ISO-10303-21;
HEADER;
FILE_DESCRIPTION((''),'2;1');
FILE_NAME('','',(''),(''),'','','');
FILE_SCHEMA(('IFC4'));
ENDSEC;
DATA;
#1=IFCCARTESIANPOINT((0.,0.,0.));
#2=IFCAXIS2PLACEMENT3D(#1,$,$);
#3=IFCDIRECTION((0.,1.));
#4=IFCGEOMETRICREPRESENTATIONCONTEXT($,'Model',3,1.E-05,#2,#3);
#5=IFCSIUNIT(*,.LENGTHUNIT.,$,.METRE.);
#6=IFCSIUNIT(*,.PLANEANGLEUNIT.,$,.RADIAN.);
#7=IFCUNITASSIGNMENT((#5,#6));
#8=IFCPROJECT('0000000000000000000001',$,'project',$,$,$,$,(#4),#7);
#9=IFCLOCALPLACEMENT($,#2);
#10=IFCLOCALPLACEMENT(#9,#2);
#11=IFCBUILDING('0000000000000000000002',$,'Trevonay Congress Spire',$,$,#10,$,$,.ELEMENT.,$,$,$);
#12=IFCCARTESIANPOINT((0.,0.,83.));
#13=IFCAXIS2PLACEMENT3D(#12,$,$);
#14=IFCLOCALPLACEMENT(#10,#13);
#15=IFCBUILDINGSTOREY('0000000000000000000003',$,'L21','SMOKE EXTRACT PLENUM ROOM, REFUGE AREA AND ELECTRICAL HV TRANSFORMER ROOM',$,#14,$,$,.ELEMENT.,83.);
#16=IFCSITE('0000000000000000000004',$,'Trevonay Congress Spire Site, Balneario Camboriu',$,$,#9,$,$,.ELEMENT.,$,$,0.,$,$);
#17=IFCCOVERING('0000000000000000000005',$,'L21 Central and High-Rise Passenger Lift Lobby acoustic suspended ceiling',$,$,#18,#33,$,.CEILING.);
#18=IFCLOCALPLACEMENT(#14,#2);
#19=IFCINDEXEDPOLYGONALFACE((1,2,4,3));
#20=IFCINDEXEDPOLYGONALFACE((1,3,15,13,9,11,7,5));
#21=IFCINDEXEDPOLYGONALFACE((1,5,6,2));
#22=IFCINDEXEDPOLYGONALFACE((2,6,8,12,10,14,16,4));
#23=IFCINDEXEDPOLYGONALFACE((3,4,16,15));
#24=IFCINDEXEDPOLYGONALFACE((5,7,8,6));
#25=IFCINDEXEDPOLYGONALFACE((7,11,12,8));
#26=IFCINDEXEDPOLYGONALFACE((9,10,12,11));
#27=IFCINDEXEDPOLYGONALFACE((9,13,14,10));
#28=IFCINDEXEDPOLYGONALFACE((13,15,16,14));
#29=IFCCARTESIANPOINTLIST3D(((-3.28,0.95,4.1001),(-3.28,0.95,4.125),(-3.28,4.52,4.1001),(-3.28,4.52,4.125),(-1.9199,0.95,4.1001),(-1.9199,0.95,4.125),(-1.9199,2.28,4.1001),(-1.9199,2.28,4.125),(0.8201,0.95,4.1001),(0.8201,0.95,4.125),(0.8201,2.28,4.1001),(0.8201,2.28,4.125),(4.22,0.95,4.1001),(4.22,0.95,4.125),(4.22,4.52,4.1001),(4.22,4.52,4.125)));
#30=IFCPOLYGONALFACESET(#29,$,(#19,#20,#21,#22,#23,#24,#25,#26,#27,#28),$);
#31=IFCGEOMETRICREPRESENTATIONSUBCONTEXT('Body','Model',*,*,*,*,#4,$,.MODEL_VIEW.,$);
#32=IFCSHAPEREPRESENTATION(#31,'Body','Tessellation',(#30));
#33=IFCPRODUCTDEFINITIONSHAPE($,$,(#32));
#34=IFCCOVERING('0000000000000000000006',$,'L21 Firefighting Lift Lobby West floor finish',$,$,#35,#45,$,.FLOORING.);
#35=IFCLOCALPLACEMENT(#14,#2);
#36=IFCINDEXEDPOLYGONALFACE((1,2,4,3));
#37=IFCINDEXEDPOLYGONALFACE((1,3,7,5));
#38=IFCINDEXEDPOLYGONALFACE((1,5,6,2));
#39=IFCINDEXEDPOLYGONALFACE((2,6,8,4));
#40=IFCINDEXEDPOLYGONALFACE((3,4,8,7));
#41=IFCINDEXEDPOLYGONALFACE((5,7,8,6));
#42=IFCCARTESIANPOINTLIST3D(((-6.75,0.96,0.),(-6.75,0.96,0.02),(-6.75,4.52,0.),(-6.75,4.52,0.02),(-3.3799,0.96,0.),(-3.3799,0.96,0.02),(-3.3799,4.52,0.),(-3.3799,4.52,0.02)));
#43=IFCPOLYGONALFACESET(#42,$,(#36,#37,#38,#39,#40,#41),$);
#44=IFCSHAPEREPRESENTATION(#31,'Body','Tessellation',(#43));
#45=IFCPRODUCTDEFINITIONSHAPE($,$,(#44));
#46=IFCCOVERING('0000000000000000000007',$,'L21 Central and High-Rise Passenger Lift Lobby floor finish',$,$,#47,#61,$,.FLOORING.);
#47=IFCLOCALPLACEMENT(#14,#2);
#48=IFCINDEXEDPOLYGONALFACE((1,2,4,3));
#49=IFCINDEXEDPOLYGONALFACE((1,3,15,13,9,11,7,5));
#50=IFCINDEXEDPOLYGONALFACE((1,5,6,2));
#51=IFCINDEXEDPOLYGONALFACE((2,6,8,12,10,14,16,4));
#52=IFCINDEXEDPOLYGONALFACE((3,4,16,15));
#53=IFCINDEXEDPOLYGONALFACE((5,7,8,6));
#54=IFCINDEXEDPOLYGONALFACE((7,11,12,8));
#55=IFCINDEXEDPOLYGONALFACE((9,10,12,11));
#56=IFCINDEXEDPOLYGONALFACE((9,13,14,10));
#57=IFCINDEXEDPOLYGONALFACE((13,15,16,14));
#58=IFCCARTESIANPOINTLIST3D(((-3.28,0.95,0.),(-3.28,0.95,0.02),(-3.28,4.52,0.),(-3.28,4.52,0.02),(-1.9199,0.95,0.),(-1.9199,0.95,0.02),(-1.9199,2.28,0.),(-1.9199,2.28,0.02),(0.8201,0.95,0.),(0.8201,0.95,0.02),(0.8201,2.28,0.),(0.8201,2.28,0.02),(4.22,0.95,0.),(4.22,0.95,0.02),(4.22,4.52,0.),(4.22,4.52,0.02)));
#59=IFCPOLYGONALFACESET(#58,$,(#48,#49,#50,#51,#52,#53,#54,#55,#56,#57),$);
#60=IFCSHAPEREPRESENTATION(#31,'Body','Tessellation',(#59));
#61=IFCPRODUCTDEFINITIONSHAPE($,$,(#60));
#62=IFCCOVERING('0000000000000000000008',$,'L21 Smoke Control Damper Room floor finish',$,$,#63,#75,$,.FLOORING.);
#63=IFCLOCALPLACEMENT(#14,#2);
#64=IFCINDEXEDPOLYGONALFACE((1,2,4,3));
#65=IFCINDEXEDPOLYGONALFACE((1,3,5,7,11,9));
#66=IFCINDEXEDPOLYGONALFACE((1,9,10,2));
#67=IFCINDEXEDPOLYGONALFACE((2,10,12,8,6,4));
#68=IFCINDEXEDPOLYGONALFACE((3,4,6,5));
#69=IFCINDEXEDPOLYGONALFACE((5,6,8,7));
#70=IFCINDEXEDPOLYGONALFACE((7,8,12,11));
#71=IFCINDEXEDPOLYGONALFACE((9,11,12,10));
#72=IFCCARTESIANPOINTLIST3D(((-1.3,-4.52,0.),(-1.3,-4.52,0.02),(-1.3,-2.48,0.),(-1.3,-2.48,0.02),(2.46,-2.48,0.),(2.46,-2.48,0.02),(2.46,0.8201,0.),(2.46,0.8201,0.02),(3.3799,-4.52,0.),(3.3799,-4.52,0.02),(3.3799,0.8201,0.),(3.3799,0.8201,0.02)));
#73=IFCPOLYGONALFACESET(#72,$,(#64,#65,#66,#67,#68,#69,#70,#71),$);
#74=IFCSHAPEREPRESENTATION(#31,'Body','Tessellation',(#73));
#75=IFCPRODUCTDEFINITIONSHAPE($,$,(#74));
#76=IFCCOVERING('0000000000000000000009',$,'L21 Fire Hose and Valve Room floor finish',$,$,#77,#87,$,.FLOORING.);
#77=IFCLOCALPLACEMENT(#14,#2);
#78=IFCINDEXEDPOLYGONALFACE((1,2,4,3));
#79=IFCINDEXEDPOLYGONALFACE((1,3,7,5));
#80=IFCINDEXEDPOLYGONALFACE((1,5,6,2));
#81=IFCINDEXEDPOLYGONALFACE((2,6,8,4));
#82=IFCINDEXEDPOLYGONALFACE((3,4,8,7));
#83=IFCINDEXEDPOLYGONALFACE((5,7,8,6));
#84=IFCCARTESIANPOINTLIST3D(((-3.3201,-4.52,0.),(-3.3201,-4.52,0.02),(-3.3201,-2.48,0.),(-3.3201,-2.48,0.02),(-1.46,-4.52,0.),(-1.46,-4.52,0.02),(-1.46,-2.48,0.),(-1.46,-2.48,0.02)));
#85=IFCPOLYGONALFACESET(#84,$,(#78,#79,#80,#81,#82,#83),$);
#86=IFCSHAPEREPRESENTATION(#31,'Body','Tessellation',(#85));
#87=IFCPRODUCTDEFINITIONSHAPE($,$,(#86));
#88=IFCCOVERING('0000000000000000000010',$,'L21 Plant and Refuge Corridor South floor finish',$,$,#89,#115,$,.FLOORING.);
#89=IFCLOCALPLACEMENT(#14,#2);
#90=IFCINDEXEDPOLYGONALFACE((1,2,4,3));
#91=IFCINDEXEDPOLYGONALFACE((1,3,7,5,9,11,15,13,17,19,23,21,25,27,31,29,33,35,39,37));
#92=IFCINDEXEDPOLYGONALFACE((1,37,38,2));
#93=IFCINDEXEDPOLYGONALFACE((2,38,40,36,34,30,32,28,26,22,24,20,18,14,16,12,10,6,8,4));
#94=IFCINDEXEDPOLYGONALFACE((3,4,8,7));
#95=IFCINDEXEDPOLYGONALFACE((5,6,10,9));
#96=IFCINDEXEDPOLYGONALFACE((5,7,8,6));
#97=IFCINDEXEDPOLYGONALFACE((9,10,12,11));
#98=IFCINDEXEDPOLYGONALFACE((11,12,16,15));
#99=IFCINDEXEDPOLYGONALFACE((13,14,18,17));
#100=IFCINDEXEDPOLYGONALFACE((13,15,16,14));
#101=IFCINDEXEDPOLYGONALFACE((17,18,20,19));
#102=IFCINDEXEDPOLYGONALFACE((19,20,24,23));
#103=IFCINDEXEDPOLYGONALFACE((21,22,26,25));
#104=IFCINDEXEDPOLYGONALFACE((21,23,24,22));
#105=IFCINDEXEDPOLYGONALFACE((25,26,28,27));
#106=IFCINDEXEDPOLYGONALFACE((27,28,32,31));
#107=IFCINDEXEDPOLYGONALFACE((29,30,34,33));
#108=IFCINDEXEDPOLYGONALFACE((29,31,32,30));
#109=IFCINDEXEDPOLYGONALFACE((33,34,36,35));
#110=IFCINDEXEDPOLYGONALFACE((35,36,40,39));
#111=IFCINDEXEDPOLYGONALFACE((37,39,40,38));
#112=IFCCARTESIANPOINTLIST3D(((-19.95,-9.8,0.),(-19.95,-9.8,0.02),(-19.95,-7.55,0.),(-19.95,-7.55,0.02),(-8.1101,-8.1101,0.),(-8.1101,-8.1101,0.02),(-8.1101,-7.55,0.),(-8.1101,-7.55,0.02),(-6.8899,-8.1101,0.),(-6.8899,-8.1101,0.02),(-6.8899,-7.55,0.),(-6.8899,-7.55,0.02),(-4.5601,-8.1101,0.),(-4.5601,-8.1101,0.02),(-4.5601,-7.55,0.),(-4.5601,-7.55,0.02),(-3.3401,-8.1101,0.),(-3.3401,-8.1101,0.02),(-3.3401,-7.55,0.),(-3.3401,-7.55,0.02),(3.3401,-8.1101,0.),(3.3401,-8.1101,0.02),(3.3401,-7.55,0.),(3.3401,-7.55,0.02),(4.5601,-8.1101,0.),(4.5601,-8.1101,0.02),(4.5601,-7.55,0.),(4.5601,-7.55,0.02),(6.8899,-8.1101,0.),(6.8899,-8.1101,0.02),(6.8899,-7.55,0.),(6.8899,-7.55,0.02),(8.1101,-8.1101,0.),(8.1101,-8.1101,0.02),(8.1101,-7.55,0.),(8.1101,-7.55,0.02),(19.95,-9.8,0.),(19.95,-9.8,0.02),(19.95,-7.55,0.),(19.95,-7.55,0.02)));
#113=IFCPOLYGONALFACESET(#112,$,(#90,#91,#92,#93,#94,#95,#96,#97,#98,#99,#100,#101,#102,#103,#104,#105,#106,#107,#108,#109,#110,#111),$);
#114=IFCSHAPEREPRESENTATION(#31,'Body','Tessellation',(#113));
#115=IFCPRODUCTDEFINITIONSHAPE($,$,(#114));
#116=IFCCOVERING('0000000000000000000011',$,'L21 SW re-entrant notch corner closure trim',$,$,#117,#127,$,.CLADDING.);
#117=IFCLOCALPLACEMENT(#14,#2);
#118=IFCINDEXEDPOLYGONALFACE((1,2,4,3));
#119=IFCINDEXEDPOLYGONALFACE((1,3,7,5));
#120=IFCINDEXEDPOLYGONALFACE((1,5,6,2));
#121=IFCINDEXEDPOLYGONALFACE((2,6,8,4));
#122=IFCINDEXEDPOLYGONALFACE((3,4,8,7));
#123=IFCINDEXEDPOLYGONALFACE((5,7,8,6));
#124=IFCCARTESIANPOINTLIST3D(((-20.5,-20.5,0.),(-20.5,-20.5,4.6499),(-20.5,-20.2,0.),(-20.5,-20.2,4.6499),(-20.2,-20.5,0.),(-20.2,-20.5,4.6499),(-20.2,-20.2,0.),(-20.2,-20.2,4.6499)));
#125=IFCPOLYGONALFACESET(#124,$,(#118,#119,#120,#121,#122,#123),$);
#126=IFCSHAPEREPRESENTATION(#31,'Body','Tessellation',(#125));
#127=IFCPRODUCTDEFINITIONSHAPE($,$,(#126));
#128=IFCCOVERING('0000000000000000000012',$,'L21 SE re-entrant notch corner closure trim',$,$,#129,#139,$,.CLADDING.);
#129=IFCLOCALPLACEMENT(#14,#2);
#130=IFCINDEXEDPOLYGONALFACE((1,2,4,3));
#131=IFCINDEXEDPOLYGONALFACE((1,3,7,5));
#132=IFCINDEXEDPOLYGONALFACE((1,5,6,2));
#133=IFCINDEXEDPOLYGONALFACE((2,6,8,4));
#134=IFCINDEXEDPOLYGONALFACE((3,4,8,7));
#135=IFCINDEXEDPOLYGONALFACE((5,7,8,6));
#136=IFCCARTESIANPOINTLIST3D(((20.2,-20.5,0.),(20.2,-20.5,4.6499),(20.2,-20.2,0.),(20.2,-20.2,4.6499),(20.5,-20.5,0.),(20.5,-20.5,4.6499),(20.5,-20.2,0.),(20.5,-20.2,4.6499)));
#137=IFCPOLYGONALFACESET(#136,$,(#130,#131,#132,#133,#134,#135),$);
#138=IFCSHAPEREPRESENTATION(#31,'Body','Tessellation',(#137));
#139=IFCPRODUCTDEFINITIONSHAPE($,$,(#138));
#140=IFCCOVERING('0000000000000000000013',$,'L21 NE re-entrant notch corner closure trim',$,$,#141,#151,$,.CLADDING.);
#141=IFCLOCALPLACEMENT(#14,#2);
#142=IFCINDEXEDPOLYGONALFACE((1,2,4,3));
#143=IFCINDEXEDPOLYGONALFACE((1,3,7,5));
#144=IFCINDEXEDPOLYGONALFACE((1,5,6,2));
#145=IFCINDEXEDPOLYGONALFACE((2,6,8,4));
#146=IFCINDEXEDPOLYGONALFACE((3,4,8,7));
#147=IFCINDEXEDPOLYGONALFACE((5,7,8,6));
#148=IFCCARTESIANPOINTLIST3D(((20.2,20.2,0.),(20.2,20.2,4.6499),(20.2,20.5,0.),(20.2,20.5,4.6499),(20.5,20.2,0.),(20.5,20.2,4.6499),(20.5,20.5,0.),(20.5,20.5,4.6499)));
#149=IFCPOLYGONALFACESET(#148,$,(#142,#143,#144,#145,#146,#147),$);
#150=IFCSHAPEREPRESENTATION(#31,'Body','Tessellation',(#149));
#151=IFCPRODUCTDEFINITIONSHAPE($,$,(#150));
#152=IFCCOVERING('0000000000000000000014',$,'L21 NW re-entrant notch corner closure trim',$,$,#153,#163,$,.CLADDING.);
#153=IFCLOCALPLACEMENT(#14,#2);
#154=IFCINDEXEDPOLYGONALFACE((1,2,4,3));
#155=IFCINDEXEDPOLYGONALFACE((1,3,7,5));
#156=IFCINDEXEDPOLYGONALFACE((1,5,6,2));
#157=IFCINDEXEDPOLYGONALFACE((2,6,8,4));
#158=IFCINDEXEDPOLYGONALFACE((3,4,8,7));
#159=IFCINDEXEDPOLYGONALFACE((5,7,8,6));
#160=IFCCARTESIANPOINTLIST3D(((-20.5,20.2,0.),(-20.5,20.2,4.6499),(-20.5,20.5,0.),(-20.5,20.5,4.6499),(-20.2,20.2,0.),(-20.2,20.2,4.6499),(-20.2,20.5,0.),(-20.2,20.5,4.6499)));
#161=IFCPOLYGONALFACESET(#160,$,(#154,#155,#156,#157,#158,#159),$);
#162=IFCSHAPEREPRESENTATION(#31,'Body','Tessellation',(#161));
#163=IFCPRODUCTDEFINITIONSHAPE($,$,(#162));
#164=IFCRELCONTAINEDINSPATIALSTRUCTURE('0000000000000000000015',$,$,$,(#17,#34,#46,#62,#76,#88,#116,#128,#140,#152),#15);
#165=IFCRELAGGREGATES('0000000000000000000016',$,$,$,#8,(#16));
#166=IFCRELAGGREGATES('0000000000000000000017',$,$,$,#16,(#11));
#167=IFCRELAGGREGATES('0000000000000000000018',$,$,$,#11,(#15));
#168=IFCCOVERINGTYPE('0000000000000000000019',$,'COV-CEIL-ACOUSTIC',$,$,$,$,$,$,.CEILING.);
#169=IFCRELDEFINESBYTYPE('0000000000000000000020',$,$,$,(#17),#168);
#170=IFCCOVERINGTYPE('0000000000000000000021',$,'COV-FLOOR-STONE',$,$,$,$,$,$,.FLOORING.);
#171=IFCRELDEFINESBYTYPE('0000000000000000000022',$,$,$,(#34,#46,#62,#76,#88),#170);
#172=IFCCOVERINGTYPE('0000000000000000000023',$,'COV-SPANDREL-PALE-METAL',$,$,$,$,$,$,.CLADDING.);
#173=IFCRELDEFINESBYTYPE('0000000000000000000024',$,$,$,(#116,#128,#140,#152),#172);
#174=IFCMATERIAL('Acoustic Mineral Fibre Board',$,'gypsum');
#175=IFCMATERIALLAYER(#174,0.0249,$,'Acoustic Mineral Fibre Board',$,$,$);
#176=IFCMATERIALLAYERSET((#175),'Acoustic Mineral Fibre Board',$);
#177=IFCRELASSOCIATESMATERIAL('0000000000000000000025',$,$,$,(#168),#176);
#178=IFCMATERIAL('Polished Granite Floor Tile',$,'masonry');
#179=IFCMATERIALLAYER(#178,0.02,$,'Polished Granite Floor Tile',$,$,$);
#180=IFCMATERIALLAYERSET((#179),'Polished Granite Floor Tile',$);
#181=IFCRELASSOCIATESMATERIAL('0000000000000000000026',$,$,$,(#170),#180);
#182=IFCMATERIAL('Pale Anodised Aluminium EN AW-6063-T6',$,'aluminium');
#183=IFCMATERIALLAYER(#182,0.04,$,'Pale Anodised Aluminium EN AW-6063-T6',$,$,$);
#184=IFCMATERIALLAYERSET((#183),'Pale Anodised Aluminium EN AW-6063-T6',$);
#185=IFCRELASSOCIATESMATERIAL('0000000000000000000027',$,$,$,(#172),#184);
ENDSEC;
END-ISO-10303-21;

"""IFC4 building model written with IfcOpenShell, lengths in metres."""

from ifc_helpers import new_model, si_unit, direction, frame, origin, place, context, subcontext, project, spatial, polyline, outline, extrude, material, layer, layer_set, type_object, element, save


model = new_model("IFC4")

# Units and contexts
model_context = context("Model", 3, precision=1e-05, world=origin(), true_north=direction((0.0, 1.0)))
body_context = subcontext(model_context, "Body", "Model", "MODEL_VIEW")
ifc_project = project(units=[si_unit("LENGTHUNIT", "METRE"), si_unit("PLANEANGLEUNIT", "RADIAN")], contexts=[model_context])

# Site, building, storey
site_placement = place(None, origin())
site = spatial("IfcSite", under=ifc_project, at=site_placement, Name="Trevonay Congress Spire Site, Balneario Camboriu", CompositionType="ELEMENT", RefElevation=0.0)
building_placement = place(site_placement, origin())
building = spatial("IfcBuilding", under=site, at=building_placement, Name="Trevonay Congress Spire", CompositionType="ELEMENT")
storey_placement = place(building_placement, frame((0.0, 0.0, 83.0)))
storey = spatial("IfcBuildingStorey", under=building, at=storey_placement, Name="L21", Description="SMOKE EXTRACT PLENUM ROOM, REFUGE AREA AND ELECTRICAL HV TRANSFORMER ROOM", CompositionType="ELEMENT", Elevation=83.0)

# Coverings
ifc_material_1 = material(Name="Acoustic Mineral Fibre Board", Category="gypsum")
ifc_layer_1 = layer(ifc_material_1, 0.0249, Name="Acoustic Mineral Fibre Board")
ifc_layer_set_1 = layer_set([ifc_layer_1], Name="Acoustic Mineral Fibre Board")
covering_type_1 = type_object("IfcCoveringType", Name="COV-CEIL-ACOUSTIC", PredefinedType="CEILING", material=ifc_layer_set_1)
covering_1_placement = place(storey_placement, frame((0.0, 0.0, 4.1001)))
element("IfcCovering", 1, at=covering_1_placement, inside=storey, type_object=covering_type_1, Name="L21 Central and High-Rise Passenger Lift Lobby acoustic suspended ceiling", PredefinedType="CEILING", context=body_context, shape_type="SweptSolid", body=[
    extrude(outline(polyline([(-3.28, 0.95), (-1.9199, 0.95), (-1.9199, 2.28), (0.8201, 2.28), (0.8201, 0.95), (4.22, 0.95), (4.22, 4.52), (-3.28, 4.52), (-3.28, 0.95)])), origin(), (0.0, 0.0, 1.0), 0.0249),
])
ifc_material_2 = material(Name="Polished Granite Floor Tile", Category="masonry")
ifc_layer_2 = layer(ifc_material_2, 0.02, Name="Polished Granite Floor Tile")
ifc_layer_set_2 = layer_set([ifc_layer_2], Name="Polished Granite Floor Tile")
covering_type_2 = type_object("IfcCoveringType", Name="COV-FLOOR-STONE", PredefinedType="FLOORING", material=ifc_layer_set_2)
covering_2_placement = place(storey_placement, origin())
element("IfcCovering", 2, at=covering_2_placement, inside=storey, type_object=covering_type_2, Name="L21 Firefighting Lift Lobby West floor finish", PredefinedType="FLOORING", context=body_context, shape_type="SweptSolid", body=[
    extrude(outline(polyline([(-6.75, 0.96), (-3.3799, 0.96), (-3.3799, 4.52), (-6.75, 4.52), (-6.75, 0.96)])), origin(), (0.0, 0.0, 1.0), 0.02),
])
covering_3_placement = place(storey_placement, origin())
element("IfcCovering", 3, at=covering_3_placement, inside=storey, type_object=covering_type_2, Name="L21 Central and High-Rise Passenger Lift Lobby floor finish", PredefinedType="FLOORING", context=body_context, shape_type="SweptSolid", body=[
    extrude(outline(polyline([(-3.28, 0.95), (-1.9199, 0.95), (-1.9199, 2.28), (0.8201, 2.28), (0.8201, 0.95), (4.22, 0.95), (4.22, 4.52), (-3.28, 4.52), (-3.28, 0.95)])), origin(), (0.0, 0.0, 1.0), 0.02),
])
covering_4_placement = place(storey_placement, origin())
element("IfcCovering", 4, at=covering_4_placement, inside=storey, type_object=covering_type_2, Name="L21 Smoke Control Damper Room floor finish", PredefinedType="FLOORING", context=body_context, shape_type="SweptSolid", body=[
    extrude(outline(polyline([(-1.3, -4.52), (3.3799, -4.52), (3.3799, 0.8201), (2.46, 0.8201), (2.46, -2.48), (-1.3, -2.48), (-1.3, -4.52)])), origin(), (0.0, 0.0, 1.0), 0.02),
])
covering_5_placement = place(storey_placement, origin())
element("IfcCovering", 5, at=covering_5_placement, inside=storey, type_object=covering_type_2, Name="L21 Fire Hose and Valve Room floor finish", PredefinedType="FLOORING", context=body_context, shape_type="SweptSolid", body=[
    extrude(outline(polyline([(-3.3201, -4.52), (-1.46, -4.52), (-1.46, -2.48), (-3.3201, -2.48), (-3.3201, -4.52)])), origin(), (0.0, 0.0, 1.0), 0.02),
])
covering_6_placement = place(storey_placement, origin())
element("IfcCovering", 6, at=covering_6_placement, inside=storey, type_object=covering_type_2, Name="L21 Plant and Refuge Corridor South floor finish", PredefinedType="FLOORING", context=body_context, shape_type="SweptSolid", body=[
    extrude(outline(polyline([(19.95, -7.55), (19.95, -9.8), (-19.95, -9.8), (-19.95, -7.55), (-8.1101, -7.55), (-8.1101, -8.1101), (-6.8899, -8.1101), (-6.8899, -7.55), (-4.5601, -7.55), (-4.5601, -8.1101), (-3.3401, -8.1101), (-3.3401, -7.55), (3.3401, -7.55), (3.3401, -8.1101), (4.5601, -8.1101), (4.5601, -7.55), (6.8899, -7.55), (6.8899, -8.1101), (8.1101, -8.1101), (8.1101, -7.55), (19.95, -7.55)])), origin(), (0.0, 0.0, 1.0), 0.02),
])
ifc_material_3 = material(Name="Pale Anodised Aluminium EN AW-6063-T6", Category="aluminium")
ifc_layer_3 = layer(ifc_material_3, 0.04, Name="Pale Anodised Aluminium EN AW-6063-T6")
ifc_layer_set_3 = layer_set([ifc_layer_3], Name="Pale Anodised Aluminium EN AW-6063-T6")
covering_type_3 = type_object("IfcCoveringType", Name="COV-SPANDREL-PALE-METAL", PredefinedType="CLADDING", material=ifc_layer_set_3)
covering_7_placement = place(storey_placement, origin())
element("IfcCovering", 7, at=covering_7_placement, inside=storey, type_object=covering_type_3, Name="L21 SW re-entrant notch corner closure trim", PredefinedType="CLADDING", context=body_context, shape_type="SweptSolid", body=[
    extrude(outline(polyline([(-20.5, -20.5), (-20.2, -20.5), (-20.2, -20.2), (-20.5, -20.2), (-20.5, -20.5)])), origin(), (0.0, 0.0, 1.0), 4.6499),
])
covering_8_placement = place(storey_placement, origin())
element("IfcCovering", 8, at=covering_8_placement, inside=storey, type_object=covering_type_3, Name="L21 SE re-entrant notch corner closure trim", PredefinedType="CLADDING", context=body_context, shape_type="SweptSolid", body=[
    extrude(outline(polyline([(20.2, -20.5), (20.5, -20.5), (20.5, -20.2), (20.2, -20.2), (20.2, -20.5)])), origin(), (0.0, 0.0, 1.0), 4.6499),
])
covering_9_placement = place(storey_placement, origin())
element("IfcCovering", 9, at=covering_9_placement, inside=storey, type_object=covering_type_3, Name="L21 NE re-entrant notch corner closure trim", PredefinedType="CLADDING", context=body_context, shape_type="SweptSolid", body=[
    extrude(outline(polyline([(20.2, 20.2), (20.5, 20.2), (20.5, 20.5), (20.2, 20.5), (20.2, 20.2)])), origin(), (0.0, 0.0, 1.0), 4.6499),
])
covering_10_placement = place(storey_placement, origin())
element("IfcCovering", 10, at=covering_10_placement, inside=storey, type_object=covering_type_3, Name="L21 NW re-entrant notch corner closure trim", PredefinedType="CLADDING", context=body_context, shape_type="SweptSolid", body=[
    extrude(outline(polyline([(-20.5, 20.2), (-20.2, 20.2), (-20.2, 20.5), (-20.5, 20.5), (-20.5, 20.2)])), origin(), (0.0, 0.0, 1.0), 4.6499),
])

save(model, "model.ifc")
